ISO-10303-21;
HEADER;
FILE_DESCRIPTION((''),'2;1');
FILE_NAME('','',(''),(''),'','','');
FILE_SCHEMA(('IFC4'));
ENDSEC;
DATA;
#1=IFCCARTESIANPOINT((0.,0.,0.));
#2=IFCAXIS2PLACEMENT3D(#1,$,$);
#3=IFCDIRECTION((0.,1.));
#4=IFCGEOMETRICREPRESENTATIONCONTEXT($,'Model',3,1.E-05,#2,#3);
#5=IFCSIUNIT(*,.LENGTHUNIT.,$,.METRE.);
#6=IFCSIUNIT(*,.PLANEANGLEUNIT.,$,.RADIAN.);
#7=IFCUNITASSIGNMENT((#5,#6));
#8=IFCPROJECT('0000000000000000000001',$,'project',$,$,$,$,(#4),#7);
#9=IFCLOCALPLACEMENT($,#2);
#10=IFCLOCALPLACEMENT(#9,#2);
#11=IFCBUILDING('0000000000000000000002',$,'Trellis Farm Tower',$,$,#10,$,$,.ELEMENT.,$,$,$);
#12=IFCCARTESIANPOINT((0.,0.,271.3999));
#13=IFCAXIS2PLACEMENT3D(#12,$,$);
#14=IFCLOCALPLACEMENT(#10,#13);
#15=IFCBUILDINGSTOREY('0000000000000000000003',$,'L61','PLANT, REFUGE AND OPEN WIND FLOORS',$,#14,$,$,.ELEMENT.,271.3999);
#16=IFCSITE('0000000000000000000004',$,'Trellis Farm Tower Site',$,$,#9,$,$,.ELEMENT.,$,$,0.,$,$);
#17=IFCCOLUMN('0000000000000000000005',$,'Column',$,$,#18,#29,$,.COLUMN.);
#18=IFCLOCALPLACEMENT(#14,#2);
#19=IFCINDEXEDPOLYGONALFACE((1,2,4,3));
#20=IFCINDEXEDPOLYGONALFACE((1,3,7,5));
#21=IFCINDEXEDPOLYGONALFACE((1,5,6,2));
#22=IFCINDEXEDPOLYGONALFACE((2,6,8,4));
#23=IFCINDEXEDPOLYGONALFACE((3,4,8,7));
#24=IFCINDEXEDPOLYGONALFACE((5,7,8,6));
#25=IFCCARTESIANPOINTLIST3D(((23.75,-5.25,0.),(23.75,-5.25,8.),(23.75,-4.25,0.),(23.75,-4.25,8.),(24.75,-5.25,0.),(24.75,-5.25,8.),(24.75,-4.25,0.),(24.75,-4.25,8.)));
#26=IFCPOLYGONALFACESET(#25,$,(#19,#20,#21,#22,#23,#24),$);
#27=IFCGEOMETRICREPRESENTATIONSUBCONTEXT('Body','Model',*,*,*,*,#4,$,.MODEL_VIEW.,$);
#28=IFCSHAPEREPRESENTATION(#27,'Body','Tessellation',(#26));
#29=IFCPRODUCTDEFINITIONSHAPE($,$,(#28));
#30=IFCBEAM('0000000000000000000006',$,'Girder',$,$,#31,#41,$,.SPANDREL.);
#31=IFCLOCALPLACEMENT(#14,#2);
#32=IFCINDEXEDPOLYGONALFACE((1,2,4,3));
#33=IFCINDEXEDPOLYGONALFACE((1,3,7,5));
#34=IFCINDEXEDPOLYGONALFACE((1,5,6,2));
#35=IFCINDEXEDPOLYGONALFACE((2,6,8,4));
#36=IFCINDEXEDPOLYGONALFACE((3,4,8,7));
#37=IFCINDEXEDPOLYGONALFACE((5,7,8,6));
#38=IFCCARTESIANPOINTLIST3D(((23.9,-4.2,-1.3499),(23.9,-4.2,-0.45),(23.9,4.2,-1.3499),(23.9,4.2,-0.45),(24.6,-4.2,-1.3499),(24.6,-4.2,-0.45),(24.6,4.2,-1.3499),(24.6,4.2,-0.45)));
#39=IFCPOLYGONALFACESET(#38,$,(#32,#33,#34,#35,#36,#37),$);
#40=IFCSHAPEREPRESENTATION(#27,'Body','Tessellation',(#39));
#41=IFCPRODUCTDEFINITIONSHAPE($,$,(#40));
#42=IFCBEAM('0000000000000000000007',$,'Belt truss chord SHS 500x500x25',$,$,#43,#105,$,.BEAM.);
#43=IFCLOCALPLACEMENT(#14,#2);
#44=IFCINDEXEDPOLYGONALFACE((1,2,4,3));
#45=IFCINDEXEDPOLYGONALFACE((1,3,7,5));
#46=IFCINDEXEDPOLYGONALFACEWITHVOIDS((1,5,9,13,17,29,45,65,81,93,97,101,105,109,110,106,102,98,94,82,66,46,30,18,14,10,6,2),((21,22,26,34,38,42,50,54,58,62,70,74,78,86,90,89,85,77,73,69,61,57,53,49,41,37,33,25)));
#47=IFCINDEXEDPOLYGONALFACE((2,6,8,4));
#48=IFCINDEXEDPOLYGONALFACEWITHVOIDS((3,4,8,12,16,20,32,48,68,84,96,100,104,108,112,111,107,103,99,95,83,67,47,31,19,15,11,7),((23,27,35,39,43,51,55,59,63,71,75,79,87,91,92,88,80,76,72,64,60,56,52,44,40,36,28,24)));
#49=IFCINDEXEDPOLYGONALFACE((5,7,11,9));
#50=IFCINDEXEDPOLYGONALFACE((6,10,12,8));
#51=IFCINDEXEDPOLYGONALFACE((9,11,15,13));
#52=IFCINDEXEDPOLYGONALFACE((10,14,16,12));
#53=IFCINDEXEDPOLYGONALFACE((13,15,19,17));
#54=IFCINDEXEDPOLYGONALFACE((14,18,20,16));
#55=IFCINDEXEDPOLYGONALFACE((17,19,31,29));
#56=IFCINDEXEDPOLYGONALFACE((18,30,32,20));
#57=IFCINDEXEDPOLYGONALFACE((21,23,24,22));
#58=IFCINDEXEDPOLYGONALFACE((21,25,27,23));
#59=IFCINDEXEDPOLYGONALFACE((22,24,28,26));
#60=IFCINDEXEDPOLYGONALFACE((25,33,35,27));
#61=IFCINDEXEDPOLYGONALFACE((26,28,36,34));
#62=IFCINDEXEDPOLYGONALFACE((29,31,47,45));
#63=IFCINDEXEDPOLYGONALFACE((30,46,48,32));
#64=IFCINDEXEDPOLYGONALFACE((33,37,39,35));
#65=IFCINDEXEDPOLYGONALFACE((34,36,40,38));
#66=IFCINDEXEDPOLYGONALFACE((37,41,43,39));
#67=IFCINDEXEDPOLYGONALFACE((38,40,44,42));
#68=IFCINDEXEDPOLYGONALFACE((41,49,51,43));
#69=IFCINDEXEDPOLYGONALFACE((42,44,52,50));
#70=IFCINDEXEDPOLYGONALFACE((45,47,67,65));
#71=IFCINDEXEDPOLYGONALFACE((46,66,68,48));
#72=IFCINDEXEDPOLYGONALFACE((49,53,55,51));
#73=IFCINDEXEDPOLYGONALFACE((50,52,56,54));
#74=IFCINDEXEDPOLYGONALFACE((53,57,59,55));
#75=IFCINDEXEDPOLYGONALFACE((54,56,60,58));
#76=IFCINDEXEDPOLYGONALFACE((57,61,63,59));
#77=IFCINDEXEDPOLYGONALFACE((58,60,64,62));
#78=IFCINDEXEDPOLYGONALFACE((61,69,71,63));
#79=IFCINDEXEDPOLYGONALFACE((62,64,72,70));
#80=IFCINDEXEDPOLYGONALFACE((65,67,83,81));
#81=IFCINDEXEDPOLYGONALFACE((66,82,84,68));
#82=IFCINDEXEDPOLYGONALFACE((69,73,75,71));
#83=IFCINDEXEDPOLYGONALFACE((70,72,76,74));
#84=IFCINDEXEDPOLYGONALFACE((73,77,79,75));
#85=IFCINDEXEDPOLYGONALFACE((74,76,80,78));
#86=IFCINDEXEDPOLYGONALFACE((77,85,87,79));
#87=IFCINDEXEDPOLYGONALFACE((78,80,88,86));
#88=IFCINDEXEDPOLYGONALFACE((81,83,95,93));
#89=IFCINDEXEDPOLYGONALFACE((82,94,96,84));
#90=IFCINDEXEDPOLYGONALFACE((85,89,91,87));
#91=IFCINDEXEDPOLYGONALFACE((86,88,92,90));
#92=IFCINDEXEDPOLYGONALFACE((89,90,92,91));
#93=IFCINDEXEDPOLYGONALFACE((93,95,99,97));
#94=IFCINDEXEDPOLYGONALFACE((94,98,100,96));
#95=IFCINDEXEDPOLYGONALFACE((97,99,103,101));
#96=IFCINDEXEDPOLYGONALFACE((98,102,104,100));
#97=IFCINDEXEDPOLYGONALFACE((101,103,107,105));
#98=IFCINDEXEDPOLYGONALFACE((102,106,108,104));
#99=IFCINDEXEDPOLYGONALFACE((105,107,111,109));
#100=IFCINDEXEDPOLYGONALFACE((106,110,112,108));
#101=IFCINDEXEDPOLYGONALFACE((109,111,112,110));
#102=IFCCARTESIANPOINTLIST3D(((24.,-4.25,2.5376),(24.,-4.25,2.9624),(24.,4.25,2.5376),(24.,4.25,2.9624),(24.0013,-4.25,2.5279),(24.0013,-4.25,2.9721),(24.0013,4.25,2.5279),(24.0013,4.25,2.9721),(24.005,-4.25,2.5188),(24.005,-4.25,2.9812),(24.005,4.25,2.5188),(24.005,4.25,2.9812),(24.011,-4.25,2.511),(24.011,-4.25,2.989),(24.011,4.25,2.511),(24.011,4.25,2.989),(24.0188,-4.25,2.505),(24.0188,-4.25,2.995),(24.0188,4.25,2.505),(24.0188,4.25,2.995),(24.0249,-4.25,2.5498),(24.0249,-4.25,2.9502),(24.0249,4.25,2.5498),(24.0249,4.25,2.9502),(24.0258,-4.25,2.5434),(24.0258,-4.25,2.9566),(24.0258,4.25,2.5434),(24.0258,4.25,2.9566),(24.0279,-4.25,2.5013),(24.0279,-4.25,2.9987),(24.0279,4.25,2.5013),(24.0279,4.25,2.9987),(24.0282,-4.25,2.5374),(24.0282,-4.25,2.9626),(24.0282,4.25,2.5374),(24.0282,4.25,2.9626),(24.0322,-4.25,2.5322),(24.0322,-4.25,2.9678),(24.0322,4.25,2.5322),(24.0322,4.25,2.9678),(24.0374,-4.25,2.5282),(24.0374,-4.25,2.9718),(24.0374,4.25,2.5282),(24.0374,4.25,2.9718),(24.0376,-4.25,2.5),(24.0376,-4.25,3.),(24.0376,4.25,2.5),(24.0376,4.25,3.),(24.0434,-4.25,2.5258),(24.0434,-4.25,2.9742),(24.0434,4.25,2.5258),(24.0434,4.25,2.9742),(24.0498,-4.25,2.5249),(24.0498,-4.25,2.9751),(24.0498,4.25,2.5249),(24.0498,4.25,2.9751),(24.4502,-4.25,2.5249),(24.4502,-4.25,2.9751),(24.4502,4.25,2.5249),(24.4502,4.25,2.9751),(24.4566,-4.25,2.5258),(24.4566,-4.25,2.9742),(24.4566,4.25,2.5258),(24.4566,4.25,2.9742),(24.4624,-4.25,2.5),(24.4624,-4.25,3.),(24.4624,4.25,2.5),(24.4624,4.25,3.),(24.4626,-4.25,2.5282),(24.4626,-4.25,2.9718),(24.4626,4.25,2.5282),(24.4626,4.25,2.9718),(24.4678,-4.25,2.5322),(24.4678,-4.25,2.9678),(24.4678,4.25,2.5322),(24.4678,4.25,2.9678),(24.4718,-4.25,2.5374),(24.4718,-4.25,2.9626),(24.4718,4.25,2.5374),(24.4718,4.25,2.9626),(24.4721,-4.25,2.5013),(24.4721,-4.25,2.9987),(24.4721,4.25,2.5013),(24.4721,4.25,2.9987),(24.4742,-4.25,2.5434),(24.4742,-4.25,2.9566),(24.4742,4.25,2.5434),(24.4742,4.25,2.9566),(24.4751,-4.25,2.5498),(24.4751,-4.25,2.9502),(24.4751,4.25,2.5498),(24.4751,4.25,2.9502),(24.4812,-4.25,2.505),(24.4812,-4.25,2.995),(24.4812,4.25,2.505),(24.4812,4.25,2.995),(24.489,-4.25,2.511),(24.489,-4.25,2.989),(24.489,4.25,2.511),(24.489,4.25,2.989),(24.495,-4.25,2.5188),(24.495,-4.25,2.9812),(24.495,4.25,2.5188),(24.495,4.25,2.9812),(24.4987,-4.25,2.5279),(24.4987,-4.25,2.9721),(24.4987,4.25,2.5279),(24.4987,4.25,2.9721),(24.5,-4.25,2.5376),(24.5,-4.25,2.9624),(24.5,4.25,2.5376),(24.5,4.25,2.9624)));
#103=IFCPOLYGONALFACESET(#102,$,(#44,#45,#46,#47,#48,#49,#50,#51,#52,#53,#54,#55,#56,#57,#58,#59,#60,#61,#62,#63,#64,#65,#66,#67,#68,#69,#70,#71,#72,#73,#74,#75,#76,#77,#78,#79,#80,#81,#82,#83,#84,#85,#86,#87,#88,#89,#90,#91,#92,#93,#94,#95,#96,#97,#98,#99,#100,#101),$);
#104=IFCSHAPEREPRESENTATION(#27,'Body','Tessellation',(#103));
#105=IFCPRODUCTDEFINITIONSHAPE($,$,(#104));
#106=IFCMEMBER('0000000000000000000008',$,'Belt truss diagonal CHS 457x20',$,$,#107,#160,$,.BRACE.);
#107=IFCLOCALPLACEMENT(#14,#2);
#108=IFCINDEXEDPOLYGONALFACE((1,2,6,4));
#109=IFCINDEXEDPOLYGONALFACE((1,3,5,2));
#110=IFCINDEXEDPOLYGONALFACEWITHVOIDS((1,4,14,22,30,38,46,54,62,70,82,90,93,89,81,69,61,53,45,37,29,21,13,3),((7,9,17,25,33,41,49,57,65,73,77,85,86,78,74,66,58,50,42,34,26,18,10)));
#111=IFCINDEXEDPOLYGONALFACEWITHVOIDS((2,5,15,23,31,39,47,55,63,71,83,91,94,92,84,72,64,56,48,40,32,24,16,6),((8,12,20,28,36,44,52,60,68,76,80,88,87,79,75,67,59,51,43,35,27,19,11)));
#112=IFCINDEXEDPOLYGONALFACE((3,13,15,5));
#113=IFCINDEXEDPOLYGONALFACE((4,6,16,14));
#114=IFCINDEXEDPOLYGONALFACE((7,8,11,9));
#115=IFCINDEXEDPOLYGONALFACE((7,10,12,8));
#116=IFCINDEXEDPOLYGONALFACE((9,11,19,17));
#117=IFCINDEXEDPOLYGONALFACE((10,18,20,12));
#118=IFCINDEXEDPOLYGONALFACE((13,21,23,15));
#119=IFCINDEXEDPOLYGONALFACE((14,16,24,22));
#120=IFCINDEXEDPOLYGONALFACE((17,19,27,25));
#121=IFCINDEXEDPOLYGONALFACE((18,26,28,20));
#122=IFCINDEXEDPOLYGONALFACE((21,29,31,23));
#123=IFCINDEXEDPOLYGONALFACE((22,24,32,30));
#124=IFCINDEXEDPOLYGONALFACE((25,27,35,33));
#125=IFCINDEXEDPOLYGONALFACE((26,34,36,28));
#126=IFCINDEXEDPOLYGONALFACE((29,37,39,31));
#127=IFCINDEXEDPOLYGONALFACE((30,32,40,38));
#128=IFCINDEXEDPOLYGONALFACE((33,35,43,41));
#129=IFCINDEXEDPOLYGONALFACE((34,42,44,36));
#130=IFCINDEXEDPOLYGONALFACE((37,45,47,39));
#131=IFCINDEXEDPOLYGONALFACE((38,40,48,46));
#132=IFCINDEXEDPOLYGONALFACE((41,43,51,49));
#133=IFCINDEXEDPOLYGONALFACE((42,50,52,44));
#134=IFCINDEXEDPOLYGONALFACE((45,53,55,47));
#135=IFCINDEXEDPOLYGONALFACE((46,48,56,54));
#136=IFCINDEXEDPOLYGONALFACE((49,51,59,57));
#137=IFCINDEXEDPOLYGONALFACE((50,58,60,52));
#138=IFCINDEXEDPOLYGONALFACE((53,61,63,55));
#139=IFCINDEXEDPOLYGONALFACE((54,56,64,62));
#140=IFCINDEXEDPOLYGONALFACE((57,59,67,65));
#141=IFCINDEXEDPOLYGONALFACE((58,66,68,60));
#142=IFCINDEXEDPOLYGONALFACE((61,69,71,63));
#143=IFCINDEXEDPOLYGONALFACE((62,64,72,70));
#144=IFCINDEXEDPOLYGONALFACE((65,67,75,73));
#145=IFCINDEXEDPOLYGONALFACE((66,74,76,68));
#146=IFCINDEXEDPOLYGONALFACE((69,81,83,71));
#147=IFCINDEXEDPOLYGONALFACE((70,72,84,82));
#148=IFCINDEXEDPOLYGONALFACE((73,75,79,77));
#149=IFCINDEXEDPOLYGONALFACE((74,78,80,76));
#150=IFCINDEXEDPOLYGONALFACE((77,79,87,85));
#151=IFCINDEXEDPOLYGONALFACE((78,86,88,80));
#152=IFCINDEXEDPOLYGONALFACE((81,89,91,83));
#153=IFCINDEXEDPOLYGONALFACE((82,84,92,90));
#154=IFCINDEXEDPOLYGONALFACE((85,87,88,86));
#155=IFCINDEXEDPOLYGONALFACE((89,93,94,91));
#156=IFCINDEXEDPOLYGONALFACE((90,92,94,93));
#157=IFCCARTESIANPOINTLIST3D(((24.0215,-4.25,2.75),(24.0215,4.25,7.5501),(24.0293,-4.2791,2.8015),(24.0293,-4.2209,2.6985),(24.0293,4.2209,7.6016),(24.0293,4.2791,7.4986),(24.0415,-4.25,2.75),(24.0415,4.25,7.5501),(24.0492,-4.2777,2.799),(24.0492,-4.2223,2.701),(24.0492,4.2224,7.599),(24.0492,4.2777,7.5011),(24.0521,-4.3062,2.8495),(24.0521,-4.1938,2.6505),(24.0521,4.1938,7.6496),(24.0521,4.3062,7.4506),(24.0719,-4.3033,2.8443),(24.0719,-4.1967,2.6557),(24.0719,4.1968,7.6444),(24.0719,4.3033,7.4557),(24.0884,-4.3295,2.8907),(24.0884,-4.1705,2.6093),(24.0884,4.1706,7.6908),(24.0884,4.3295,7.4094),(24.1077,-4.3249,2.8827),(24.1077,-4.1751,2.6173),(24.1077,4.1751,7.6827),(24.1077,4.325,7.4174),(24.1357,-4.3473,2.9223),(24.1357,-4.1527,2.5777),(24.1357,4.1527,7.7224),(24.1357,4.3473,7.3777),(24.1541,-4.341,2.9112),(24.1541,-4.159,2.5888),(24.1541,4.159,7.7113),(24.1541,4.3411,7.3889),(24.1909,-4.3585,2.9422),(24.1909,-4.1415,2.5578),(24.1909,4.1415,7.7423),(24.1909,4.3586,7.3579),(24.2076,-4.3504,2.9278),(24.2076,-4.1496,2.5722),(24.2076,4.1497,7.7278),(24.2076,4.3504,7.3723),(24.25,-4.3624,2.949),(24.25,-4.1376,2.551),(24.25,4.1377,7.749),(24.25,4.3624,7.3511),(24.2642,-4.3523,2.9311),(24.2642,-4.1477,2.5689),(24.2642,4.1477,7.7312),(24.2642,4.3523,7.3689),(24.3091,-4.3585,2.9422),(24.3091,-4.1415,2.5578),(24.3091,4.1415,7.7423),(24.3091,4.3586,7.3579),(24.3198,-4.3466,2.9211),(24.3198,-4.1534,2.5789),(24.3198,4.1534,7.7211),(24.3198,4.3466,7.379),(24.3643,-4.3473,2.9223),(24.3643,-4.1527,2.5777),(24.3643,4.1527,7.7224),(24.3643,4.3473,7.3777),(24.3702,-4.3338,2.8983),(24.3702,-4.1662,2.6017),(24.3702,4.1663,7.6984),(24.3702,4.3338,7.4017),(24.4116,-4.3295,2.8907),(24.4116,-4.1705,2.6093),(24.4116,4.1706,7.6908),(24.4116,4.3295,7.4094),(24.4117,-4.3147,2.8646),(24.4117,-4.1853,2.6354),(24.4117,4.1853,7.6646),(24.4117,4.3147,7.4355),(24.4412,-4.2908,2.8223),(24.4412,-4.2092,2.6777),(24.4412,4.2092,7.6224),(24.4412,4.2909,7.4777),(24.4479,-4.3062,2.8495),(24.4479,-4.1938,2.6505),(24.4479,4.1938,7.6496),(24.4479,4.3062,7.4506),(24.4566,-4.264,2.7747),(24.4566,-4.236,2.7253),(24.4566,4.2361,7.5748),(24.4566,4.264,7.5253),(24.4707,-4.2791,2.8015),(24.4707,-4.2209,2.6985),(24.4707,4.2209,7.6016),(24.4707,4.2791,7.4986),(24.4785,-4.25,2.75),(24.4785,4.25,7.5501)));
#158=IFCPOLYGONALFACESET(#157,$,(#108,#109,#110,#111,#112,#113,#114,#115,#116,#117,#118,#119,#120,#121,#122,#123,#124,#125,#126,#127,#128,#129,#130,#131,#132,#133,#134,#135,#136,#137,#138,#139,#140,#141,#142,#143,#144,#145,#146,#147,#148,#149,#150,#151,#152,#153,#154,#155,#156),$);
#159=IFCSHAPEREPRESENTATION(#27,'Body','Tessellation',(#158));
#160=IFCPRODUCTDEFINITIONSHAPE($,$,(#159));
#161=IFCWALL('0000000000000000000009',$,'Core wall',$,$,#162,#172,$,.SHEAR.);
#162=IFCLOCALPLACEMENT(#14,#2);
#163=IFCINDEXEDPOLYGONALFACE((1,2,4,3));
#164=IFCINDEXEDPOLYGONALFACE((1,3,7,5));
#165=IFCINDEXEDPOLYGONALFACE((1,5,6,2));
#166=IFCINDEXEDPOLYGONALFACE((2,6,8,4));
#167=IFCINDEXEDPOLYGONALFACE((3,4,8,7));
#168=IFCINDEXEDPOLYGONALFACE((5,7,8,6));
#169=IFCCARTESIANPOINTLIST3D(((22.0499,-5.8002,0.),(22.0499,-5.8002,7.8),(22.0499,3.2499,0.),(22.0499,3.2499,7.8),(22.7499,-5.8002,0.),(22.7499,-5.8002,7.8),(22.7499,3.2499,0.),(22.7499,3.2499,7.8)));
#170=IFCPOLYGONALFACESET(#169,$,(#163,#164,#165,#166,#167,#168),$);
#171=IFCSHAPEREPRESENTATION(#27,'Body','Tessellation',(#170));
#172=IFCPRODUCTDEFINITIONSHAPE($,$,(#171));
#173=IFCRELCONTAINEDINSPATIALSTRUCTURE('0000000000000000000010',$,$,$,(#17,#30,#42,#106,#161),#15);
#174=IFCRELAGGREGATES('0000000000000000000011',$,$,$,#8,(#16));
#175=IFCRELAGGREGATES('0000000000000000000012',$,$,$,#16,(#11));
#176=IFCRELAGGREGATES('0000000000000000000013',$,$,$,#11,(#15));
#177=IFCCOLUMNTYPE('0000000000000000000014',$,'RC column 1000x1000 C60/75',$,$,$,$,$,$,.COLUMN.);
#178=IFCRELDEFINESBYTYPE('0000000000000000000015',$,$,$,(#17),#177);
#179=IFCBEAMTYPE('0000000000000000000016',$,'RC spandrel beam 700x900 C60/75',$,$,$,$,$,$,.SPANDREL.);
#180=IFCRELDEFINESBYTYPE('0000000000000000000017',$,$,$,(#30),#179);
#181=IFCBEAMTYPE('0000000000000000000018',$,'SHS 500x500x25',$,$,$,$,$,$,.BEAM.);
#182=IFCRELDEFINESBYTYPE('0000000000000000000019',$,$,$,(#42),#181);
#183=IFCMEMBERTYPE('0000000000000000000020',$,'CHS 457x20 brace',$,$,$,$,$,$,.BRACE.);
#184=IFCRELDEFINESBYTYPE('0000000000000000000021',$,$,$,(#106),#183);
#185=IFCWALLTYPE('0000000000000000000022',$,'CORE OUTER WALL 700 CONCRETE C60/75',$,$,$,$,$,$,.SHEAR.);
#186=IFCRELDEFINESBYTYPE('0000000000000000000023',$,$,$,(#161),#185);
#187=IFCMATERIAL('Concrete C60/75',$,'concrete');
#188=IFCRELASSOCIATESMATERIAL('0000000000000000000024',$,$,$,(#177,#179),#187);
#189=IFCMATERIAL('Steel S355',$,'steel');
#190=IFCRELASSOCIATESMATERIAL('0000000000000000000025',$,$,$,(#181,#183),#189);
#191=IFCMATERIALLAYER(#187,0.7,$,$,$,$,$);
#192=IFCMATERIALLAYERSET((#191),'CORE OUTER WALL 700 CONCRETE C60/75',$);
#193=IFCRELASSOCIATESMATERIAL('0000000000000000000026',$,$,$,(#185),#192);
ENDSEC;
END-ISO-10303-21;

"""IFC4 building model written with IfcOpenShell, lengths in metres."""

from ifc_helpers import new_model, si_unit, direction, frame, frame_2d, origin, origin_2d, place, context, subcontext, project, spatial, rectangle, hollow_rectangle, hollow_circle, extrude, source, transform, mapped, material, layer, layer_set, material_profile, profile_set, type_object, element, save


model = new_model("IFC4")

# Units and contexts
model_context = context("Model", 3, precision=1e-05, world=origin(), true_north=direction((0.0, 1.0)))
body_context = subcontext(model_context, "Body", "Model", "MODEL_VIEW")
ifc_project = project(units=[si_unit("LENGTHUNIT", "METRE"), si_unit("PLANEANGLEUNIT", "RADIAN")], contexts=[model_context])

# Site, building, storey
site_placement = place(None, origin())
site = spatial("IfcSite", under=ifc_project, at=site_placement, Name="Trellis Farm Tower Site", CompositionType="ELEMENT", RefElevation=0.0)
building_placement = place(site_placement, origin())
building = spatial("IfcBuilding", under=site, at=building_placement, Name="Trellis Farm Tower", CompositionType="ELEMENT")
storey_placement = place(building_placement, frame((0.0, 0.0, 271.3999)))
storey = spatial("IfcBuildingStorey", under=building, at=storey_placement, Name="L61", Description="PLANT, REFUGE AND OPEN WIND FLOORS", CompositionType="ELEMENT", Elevation=271.3999)

# Column
ifc_material_1 = material(Name="Concrete C60/75", Category="concrete")
ifc_material_profile_1 = material_profile(ifc_material_1, rectangle(XDim=1.0, YDim=1.0, at=origin_2d()), Name="RC column 1000x1000 C60/75")
ifc_profile_set_1 = profile_set([ifc_material_profile_1], Name="Concrete C60/75")
column_type = type_object("IfcColumnType", Name="RC column 1000x1000 C60/75", PredefinedType="COLUMN", material=ifc_profile_set_1)
shared_shape_1 = source(origin(), body_context, "Body", "SweptSolid", [
    extrude(rectangle(XDim=1.0, YDim=1.0, at=origin_2d()), origin(), (0.0, 0.0, 1.0), 8.0),
])
column_placement = place(storey_placement, frame((24.25, -4.75, 0.0), z_axis=(0.0, 0.0, 1.0), x_axis=(1.0, 0.0, 0.0)))
element("IfcColumn", 1, at=column_placement, inside=storey, type_object=column_type, Name="Column", PredefinedType="COLUMN", context=body_context, shape_type="MappedRepresentation", body=[
    mapped(shared_shape_1, transform((0.0, 0.0, 0.0))),
])

# Beams
ifc_material_profile_2 = material_profile(ifc_material_1, rectangle(XDim=0.7, YDim=0.8999, at=origin_2d()), Name="RC spandrel beam 700x900 C60/75")
ifc_profile_set_2 = profile_set([ifc_material_profile_2], Name="Concrete C60/75")
beam_type_1 = type_object("IfcBeamType", Name="RC spandrel beam 700x900 C60/75", PredefinedType="SPANDREL", material=ifc_profile_set_2)
shared_shape_2 = source(origin(), body_context, "Body", "SweptSolid", [
    extrude(rectangle(XDim=0.7, YDim=0.8999, at=origin_2d()), origin(), (0.0, 0.0, 1.0), 8.3999),
])
beam_1_placement = place(storey_placement, frame((24.25, -4.2, -0.8999), z_axis=(0.0, 1.0, 0.0), x_axis=(-1.0, 0.0, 0.0)))
element("IfcBeam", 2, at=beam_1_placement, inside=storey, type_object=beam_type_1, Name="Girder", PredefinedType="SPANDREL", context=body_context, shape_type="MappedRepresentation", body=[
    mapped(shared_shape_2, transform((0.0, 0.0, 0.0))),
])
ifc_material_2 = material(Name="Steel S355", Category="steel")
ifc_material_profile_3 = material_profile(ifc_material_2, hollow_rectangle(XDim=0.5, YDim=0.5, WallThickness=0.0249, InnerFilletRadius=0.0249, OuterFilletRadius=0.0376, at=origin_2d()), Name="SHS 500x500x25")
ifc_profile_set_3 = profile_set([ifc_material_profile_3], Name="Steel S355")
beam_type_2 = type_object("IfcBeamType", Name="SHS 500x500x25", PredefinedType="BEAM", material=ifc_profile_set_3)
shared_shape_3 = source(origin(), body_context, "Body", "SweptSolid", [
    extrude(hollow_rectangle(XDim=0.5, YDim=0.5, WallThickness=0.0249, InnerFilletRadius=0.0249, OuterFilletRadius=0.0376, at=origin_2d()), origin(), (0.0, 0.0, 1.0), 8.5),
])
beam_2_placement = place(storey_placement, frame((24.25, -4.25, 2.75), z_axis=(0.0, 1.0, 0.0), x_axis=(-1.0, 0.0, 0.0)))
element("IfcBeam", 3, at=beam_2_placement, inside=storey, type_object=beam_type_2, Name="Belt truss chord SHS 500x500x25", PredefinedType="BEAM", context=body_context, shape_type="MappedRepresentation", body=[
    mapped(shared_shape_3, transform((0.0, 0.0, 0.0))),
])

# Member
ifc_material_profile_4 = material_profile(ifc_material_2, hollow_circle(Radius=0.2285, WallThickness=0.02, at=origin_2d()), Name="CHS 457x20")
ifc_profile_set_4 = profile_set([ifc_material_profile_4], Name="Steel S355")
member_type = type_object("IfcMemberType", Name="CHS 457x20 brace", PredefinedType="BRACE", material=ifc_profile_set_4)
shared_shape_4 = source(origin(), body_context, "Body", "SweptSolid", [
    extrude(hollow_circle(Radius=0.2285, WallThickness=0.02, at=origin_2d()), origin(), (0.0, 0.0, 1.0), 9.7617),
])
member_placement = place(storey_placement, frame((24.25, -4.25, 2.75), z_axis=(0.0, 0.870751, 0.491723), x_axis=(-1.0, 0.0, 0.0)))
element("IfcMember", 4, at=member_placement, inside=storey, type_object=member_type, Name="Belt truss diagonal CHS 457x20", PredefinedType="BRACE", context=body_context, shape_type="MappedRepresentation", body=[
    mapped(shared_shape_4, transform((0.0, 0.0, 0.0))),
])

# Wall
ifc_layer = layer(ifc_material_1, 0.7)
ifc_layer_set = layer_set([ifc_layer], Name="CORE OUTER WALL 700 CONCRETE C60/75")
wall_type = type_object("IfcWallType", Name="CORE OUTER WALL 700 CONCRETE C60/75", PredefinedType="SHEAR", material=ifc_layer_set)
shared_shape_5 = source(origin(), body_context, "Body", "SweptSolid", [
    extrude(rectangle(XDim=9.05, YDim=0.7, at=frame_2d((4.5249, 0.0))), origin(), (0.0, 0.0, 1.0), 7.8),
])
wall_placement = place(storey_placement, frame((22.3999, -5.8, 0.0), z_axis=(0.0, 0.0, 1.0), x_axis=(0.0, 1.0, 0.0)))
element("IfcWall", 5, at=wall_placement, inside=storey, type_object=wall_type, Name="Core wall", PredefinedType="SHEAR", context=body_context, shape_type="MappedRepresentation", body=[
    mapped(shared_shape_5, transform((0.0, 0.0, 0.0))),
])

save(model, "model.ifc")
